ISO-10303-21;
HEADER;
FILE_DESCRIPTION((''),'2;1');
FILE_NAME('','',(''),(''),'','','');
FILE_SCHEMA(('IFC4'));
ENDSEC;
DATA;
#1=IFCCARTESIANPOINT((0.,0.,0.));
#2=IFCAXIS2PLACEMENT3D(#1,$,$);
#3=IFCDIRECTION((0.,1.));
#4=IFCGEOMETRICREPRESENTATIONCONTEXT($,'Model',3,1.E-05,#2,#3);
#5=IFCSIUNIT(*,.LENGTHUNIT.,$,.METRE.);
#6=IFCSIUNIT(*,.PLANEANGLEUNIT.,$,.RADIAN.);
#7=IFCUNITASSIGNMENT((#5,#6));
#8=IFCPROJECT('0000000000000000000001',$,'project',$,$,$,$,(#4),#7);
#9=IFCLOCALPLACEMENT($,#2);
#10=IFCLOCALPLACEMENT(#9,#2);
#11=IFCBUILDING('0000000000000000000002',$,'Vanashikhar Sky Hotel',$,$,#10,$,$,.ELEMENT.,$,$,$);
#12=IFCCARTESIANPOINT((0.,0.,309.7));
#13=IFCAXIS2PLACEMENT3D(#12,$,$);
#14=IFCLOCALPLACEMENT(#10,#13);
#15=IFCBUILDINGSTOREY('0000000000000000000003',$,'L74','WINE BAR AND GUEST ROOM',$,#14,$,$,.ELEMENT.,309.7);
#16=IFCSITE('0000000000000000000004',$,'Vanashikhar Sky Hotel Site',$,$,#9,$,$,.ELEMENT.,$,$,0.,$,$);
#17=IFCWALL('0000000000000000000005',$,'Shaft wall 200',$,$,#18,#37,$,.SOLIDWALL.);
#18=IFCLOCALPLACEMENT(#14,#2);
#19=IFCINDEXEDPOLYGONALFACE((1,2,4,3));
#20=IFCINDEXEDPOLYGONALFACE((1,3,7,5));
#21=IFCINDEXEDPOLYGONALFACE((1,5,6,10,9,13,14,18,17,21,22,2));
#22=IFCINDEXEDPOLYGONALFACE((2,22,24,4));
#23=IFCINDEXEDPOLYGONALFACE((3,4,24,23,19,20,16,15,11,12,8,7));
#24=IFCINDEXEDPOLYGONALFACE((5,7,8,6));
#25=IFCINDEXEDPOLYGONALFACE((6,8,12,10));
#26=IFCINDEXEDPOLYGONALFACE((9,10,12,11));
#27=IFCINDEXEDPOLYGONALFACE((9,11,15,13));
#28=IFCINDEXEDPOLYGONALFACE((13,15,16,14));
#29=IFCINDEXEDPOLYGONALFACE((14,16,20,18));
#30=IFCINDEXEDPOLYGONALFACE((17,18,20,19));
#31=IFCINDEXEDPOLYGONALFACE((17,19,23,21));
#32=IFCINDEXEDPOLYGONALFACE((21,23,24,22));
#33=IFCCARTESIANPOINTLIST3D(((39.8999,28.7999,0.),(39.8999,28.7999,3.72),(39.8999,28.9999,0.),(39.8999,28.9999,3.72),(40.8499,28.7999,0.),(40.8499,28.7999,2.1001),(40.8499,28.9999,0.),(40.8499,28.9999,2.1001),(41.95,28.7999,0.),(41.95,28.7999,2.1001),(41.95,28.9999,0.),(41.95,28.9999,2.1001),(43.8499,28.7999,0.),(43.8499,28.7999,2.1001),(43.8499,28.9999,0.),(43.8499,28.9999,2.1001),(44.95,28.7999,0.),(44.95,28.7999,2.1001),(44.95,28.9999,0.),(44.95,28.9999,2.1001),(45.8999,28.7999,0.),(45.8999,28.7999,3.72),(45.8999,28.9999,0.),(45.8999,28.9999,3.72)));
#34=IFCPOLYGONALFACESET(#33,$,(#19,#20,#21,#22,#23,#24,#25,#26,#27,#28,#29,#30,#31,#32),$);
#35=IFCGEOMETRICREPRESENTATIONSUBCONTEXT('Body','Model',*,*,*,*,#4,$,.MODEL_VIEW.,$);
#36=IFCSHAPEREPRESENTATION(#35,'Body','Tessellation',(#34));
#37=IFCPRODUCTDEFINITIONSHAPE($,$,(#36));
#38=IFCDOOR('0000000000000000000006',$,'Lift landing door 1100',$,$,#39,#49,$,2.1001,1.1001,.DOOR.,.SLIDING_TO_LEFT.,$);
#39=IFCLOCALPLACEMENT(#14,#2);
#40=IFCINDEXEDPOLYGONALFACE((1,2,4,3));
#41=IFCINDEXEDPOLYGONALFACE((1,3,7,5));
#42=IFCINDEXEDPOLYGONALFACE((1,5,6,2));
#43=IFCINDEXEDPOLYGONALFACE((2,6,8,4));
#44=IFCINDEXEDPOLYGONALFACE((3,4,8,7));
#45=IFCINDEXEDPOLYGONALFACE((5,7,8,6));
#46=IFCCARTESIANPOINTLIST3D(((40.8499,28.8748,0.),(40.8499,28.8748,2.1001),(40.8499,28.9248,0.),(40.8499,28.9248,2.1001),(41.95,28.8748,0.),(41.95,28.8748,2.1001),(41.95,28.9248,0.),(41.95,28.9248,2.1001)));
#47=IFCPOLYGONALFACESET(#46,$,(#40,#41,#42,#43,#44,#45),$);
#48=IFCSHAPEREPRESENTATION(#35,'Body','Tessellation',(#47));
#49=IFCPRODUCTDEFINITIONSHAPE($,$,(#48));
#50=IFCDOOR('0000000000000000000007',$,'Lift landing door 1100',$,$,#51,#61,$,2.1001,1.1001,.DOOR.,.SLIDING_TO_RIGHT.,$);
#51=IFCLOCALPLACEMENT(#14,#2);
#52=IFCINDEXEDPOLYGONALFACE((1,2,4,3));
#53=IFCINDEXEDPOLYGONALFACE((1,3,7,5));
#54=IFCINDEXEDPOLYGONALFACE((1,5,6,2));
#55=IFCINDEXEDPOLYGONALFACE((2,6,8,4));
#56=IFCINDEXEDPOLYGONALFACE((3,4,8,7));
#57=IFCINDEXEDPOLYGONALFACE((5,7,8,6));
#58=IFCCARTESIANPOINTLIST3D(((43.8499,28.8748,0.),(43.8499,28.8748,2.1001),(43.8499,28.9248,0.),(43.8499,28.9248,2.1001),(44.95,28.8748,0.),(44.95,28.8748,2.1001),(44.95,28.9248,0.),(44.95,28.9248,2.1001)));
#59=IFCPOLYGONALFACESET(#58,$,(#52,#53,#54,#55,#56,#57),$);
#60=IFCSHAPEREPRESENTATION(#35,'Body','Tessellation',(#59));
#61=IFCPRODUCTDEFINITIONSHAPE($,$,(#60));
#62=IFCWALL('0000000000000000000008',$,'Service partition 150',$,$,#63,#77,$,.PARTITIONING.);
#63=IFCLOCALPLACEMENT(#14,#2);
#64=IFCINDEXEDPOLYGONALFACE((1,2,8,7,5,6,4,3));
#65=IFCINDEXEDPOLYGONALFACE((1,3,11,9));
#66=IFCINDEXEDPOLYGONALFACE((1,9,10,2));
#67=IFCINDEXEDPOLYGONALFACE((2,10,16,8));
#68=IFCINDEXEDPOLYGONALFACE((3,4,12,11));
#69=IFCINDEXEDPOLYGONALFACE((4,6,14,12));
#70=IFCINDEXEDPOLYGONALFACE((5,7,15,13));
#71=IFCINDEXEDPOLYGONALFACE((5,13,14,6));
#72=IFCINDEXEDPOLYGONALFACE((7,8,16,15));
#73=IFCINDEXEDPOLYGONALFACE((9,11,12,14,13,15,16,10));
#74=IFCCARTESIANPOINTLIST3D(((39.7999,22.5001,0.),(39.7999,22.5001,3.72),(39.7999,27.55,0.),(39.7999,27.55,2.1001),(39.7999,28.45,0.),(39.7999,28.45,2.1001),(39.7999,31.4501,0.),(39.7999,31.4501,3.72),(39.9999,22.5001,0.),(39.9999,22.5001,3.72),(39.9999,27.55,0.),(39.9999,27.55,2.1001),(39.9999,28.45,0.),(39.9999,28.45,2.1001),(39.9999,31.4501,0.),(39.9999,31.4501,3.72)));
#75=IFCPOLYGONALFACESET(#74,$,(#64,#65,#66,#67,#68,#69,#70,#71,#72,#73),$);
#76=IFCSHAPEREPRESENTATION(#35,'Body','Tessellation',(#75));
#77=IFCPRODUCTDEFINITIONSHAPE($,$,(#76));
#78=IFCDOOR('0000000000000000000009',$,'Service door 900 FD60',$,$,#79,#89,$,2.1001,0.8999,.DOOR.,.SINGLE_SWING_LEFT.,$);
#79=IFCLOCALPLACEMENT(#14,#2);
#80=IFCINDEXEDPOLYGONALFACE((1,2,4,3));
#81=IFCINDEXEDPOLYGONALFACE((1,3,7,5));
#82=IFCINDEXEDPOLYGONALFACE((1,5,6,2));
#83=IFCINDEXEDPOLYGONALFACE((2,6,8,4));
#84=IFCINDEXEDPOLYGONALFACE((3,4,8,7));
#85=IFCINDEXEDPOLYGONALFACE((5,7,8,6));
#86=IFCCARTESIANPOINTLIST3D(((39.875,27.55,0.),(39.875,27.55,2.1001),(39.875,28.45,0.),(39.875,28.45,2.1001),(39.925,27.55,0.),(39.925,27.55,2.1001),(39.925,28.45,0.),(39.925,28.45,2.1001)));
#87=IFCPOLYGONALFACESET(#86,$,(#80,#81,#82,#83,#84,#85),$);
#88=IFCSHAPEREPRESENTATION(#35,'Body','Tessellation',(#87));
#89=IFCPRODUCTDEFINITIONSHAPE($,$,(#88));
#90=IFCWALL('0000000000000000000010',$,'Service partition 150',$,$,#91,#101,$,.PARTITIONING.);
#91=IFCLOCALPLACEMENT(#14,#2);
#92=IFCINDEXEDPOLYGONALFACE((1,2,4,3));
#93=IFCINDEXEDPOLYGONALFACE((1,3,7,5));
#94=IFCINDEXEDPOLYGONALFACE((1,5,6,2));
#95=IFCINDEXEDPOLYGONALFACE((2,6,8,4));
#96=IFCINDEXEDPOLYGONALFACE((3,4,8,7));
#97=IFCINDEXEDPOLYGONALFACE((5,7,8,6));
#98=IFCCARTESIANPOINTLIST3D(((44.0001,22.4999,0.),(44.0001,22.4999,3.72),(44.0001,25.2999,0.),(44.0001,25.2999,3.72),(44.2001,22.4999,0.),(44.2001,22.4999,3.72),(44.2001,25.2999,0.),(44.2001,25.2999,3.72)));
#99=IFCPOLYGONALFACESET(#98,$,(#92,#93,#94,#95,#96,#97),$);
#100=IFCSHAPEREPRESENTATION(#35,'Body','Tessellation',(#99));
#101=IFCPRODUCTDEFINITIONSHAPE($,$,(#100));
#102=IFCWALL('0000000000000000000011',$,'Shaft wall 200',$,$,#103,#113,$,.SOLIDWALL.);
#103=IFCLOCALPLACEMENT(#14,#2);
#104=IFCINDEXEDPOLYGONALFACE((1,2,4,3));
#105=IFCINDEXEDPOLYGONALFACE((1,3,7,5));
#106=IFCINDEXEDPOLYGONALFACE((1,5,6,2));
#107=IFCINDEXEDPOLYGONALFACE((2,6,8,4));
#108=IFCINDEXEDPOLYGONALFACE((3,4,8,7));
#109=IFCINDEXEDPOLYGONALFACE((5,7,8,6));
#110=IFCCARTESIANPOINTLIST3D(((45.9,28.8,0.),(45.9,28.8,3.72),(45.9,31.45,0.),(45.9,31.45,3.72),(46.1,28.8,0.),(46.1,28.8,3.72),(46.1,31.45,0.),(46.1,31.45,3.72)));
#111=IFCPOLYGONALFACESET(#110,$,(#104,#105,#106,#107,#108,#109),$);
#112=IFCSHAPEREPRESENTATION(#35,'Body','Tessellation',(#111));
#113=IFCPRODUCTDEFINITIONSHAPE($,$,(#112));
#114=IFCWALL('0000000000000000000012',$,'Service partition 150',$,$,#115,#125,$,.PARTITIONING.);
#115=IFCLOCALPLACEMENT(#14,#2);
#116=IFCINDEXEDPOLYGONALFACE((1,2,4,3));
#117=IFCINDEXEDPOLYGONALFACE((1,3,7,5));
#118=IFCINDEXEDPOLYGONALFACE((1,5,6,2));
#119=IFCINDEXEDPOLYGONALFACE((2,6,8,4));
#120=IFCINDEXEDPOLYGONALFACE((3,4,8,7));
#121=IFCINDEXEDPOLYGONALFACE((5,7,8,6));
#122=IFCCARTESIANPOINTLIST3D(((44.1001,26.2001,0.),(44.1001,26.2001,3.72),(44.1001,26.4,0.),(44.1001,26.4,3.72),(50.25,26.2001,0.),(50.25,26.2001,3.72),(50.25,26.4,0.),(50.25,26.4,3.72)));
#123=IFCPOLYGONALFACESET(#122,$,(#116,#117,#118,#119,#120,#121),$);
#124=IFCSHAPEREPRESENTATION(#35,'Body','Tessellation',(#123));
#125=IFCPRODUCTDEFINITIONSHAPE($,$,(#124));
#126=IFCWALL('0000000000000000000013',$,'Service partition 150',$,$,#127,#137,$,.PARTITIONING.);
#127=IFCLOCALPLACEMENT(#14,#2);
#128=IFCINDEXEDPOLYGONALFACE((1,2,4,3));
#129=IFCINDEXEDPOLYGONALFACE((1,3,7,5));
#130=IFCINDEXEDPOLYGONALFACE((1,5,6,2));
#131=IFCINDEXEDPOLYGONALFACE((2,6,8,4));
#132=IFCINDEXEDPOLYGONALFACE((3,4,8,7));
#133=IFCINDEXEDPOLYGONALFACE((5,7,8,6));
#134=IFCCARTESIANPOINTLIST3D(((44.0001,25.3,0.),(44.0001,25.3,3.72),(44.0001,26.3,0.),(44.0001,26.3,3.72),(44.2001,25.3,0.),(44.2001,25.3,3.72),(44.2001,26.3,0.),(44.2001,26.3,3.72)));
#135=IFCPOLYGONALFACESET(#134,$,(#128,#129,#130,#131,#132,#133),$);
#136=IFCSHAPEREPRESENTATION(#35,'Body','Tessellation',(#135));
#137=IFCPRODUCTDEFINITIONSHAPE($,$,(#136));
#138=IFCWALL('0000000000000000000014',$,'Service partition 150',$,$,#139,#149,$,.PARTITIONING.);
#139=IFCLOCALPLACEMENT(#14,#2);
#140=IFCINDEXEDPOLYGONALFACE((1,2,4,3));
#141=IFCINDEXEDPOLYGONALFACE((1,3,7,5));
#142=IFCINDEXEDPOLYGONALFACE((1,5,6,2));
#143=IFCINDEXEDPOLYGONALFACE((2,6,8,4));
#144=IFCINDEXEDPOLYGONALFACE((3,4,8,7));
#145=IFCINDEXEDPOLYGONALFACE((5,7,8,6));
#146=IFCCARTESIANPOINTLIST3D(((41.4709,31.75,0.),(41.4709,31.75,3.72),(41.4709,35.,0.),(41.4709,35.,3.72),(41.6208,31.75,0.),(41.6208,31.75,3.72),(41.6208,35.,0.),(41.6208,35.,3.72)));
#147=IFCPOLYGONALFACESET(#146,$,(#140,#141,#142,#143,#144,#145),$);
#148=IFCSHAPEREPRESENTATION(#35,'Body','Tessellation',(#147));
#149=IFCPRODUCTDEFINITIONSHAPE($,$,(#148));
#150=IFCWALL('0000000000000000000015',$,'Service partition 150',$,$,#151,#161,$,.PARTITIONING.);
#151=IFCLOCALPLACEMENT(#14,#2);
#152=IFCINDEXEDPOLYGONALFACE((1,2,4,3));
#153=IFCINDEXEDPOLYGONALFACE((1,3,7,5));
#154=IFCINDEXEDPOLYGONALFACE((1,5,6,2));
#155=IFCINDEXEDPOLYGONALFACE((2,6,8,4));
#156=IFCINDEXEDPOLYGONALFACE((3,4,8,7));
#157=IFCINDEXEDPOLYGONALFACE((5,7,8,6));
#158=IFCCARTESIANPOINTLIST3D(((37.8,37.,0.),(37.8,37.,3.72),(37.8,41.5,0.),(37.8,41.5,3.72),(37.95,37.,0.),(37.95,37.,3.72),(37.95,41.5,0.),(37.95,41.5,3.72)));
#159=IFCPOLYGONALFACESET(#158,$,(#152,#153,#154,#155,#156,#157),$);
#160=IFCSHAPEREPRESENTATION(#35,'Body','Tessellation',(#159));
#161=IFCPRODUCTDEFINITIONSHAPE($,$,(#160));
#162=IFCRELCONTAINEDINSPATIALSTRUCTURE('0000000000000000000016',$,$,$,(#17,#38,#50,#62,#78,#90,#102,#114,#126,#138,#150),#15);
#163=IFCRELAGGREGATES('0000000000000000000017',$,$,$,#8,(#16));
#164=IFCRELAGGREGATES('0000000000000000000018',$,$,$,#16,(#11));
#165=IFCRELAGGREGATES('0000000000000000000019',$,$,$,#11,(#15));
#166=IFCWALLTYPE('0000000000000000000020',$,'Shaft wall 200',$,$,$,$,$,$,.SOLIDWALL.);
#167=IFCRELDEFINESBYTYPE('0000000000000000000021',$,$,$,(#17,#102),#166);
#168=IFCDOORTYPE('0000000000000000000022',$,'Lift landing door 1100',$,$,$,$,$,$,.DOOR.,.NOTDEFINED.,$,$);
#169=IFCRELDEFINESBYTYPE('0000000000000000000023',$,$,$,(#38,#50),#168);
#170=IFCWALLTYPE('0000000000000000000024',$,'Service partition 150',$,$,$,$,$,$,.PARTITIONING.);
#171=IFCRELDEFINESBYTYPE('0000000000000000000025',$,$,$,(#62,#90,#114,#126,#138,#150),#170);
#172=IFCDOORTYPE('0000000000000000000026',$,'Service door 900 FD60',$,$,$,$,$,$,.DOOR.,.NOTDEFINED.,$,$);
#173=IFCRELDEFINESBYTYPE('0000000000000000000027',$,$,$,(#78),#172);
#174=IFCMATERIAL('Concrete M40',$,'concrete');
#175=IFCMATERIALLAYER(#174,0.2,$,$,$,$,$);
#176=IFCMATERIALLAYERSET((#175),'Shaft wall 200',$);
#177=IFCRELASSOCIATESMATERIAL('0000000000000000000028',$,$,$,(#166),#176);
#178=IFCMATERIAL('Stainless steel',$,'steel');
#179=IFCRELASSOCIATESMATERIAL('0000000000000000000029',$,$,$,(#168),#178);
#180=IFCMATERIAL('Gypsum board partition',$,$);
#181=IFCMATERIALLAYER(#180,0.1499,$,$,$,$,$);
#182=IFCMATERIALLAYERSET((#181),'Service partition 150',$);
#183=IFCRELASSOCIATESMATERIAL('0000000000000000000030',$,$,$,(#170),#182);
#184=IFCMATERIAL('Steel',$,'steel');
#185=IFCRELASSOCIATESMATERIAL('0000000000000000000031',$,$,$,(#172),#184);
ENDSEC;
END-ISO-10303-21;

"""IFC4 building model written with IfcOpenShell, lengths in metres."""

from ifc_helpers import new_model, si_unit, direction, frame, frame_2d, origin, place, context, subcontext, project, spatial, rectangle, extrude, source, transform, mapped, material, layer, layer_set, type_object, element, fill, save


model = new_model("IFC4")

# Units and contexts
model_context = context("Model", 3, precision=1e-05, world=origin(), true_north=direction((0.0, 1.0)))
body_context = subcontext(model_context, "Body", "Model", "MODEL_VIEW")
ifc_project = project(units=[si_unit("LENGTHUNIT", "METRE"), si_unit("PLANEANGLEUNIT", "RADIAN")], contexts=[model_context])

# Site, building, storey
site_placement = place(None, origin())
site = spatial("IfcSite", under=ifc_project, at=site_placement, Name="Vanashikhar Sky Hotel Site", CompositionType="ELEMENT", RefElevation=0.0)
building_placement = place(site_placement, origin())
building = spatial("IfcBuilding", under=site, at=building_placement, Name="Vanashikhar Sky Hotel", CompositionType="ELEMENT")
storey_placement = place(building_placement, frame((0.0, 0.0, 309.7)))
storey = spatial("IfcBuildingStorey", under=building, at=storey_placement, Name="L74", Description="WINE BAR AND GUEST ROOM", CompositionType="ELEMENT", Elevation=309.7)

# Wall, openings, doors
ifc_material_1 = material(Name="Concrete M40", Category="concrete")
ifc_layer_1 = layer(ifc_material_1, 0.2)
ifc_layer_set_1 = layer_set([ifc_layer_1], Name="Shaft wall 200")
wall_type_1 = type_object("IfcWallType", Name="Shaft wall 200", PredefinedType="SOLIDWALL", material=ifc_layer_set_1)
shared_shape_1 = source(origin(), body_context, "Body", "SweptSolid", [
    extrude(rectangle(XDim=6.0, YDim=0.2, at=frame_2d((3.0, 0.0))), origin(), (0.0, 0.0, 1.0), 3.72),
])
wall_1_placement = place(storey_placement, frame((39.8999, 28.8999, 0.0), z_axis=(0.0, 0.0, 1.0), x_axis=(1.0, 0.0, 0.0)))
wall_1 = element("IfcWall", 1, at=wall_1_placement, inside=storey, type_object=wall_type_1, Name="Shaft wall 200", PredefinedType="SOLIDWALL", context=body_context, shape_type="MappedRepresentation", body=[
    mapped(shared_shape_1, transform((0.0, 0.0, 0.0), scale=1.0)),
])
shared_shape_2 = source(origin(), body_context, "Body", "SweptSolid", [
    extrude(rectangle(XDim=1.1001, YDim=2.1001, at=frame_2d((0.55, 1.05))), frame((0.0, 0.1099, 0.0), z_axis=(0.0, -1.0, 0.0), x_axis=(1.0, 0.0, 0.0)), (0.0, 0.0, 1.0), 0.22),
])
opening_1_placement = place(wall_1_placement, frame((0.95, 0.0, 0.0)))
opening_1 = element("IfcOpeningElement", 2, at=opening_1_placement, cuts=wall_1, PredefinedType="OPENING", context=body_context, shape_type="MappedRepresentation", body=[
    mapped(shared_shape_2, transform((0.0, 0.0, 0.0), scale=1.0)),
])
opening_2_placement = place(wall_1_placement, frame((3.95, 0.0, 0.0)))
opening_2 = element("IfcOpeningElement", 3, at=opening_2_placement, cuts=wall_1, PredefinedType="OPENING", context=body_context, shape_type="MappedRepresentation", body=[
    mapped(shared_shape_2, transform((0.0, 0.0, 0.0), scale=1.0)),
])
ifc_material_2 = material(Name="Stainless steel", Category="steel")
door_type_1 = type_object("IfcDoorType", Name="Lift landing door 1100", OperationType="NOTDEFINED", PredefinedType="DOOR", material=ifc_material_2)
shared_shape_3 = source(origin(), body_context, "Body", "SweptSolid", [
    extrude(rectangle(XDim=1.1001, YDim=2.1001, at=frame_2d((0.55, 1.05))), frame((0.0, 0.0249, 0.0), z_axis=(0.0, -1.0, 0.0), x_axis=(1.0, 0.0, 0.0)), (0.0, 0.0, 1.0), 0.05),
])
door_1_placement = place(opening_1_placement, origin())
door_1 = element("IfcDoor", 4, at=door_1_placement, inside=storey, type_object=door_type_1, Name="Lift landing door 1100", OperationType="SLIDING_TO_LEFT", OverallHeight=2.1001, OverallWidth=1.1001, PredefinedType="DOOR", context=body_context, shape_type="MappedRepresentation", body=[
    mapped(shared_shape_3, transform((0.0, 0.0, 0.0), scale=1.0)),
])
fill(opening_1, door_1)
door_2_placement = place(opening_2_placement, origin())
door_2 = element("IfcDoor", 5, at=door_2_placement, inside=storey, type_object=door_type_1, Name="Lift landing door 1100", OperationType="SLIDING_TO_RIGHT", OverallHeight=2.1001, OverallWidth=1.1001, PredefinedType="DOOR", context=body_context, shape_type="MappedRepresentation", body=[
    mapped(shared_shape_3, transform((0.0, 0.0, 0.0), scale=1.0)),
])
fill(opening_2, door_2)

# Wall, opening, door
ifc_material_3 = material(Name="Gypsum board partition")
ifc_layer_2 = layer(ifc_material_3, 0.1499)
ifc_layer_set_2 = layer_set([ifc_layer_2], Name="Service partition 150")
wall_type_2 = type_object("IfcWallType", Name="Service partition 150", PredefinedType="PARTITIONING", material=ifc_layer_set_2)
shared_shape_4 = source(origin(), body_context, "Body", "SweptSolid", [
    extrude(rectangle(XDim=8.95, YDim=0.2, at=frame_2d((4.4751, 0.0))), origin(), (0.0, 0.0, 1.0), 3.72),
])
wall_2_placement = place(storey_placement, frame((39.8999, 22.5, 0.0), z_axis=(0.0, 0.0, 1.0), x_axis=(0.0, 1.0, 0.0)))
wall_2 = element("IfcWall", 6, at=wall_2_placement, inside=storey, type_object=wall_type_2, Name="Service partition 150", PredefinedType="PARTITIONING", context=body_context, shape_type="MappedRepresentation", body=[
    mapped(shared_shape_4, transform((0.0, 0.0, 0.0), scale=1.0)),
])
shared_shape_5 = source(origin(), body_context, "Body", "SweptSolid", [
    extrude(rectangle(XDim=0.8999, YDim=2.1001, at=frame_2d((0.45, 1.05))), frame((0.0, 0.1099, 0.0), z_axis=(0.0, -1.0, 0.0), x_axis=(1.0, 0.0, 0.0)), (0.0, 0.0, 1.0), 0.22),
])
opening_3_placement = place(wall_2_placement, frame((5.05, 0.0, 0.0)))
opening_3 = element("IfcOpeningElement", 7, at=opening_3_placement, cuts=wall_2, PredefinedType="OPENING", context=body_context, shape_type="MappedRepresentation", body=[
    mapped(shared_shape_5, transform((0.0, 0.0, 0.0), scale=1.0)),
])
ifc_material_4 = material(Name="Steel", Category="steel")
door_type_2 = type_object("IfcDoorType", Name="Service door 900 FD60", OperationType="NOTDEFINED", PredefinedType="DOOR", material=ifc_material_4)
shared_shape_6 = source(origin(), body_context, "Body", "SweptSolid", [
    extrude(rectangle(XDim=0.8999, YDim=2.1001, at=frame_2d((0.45, 1.05))), frame((0.0, 0.0249, 0.0), z_axis=(0.0, -1.0, 0.0), x_axis=(1.0, 0.0, 0.0)), (0.0, 0.0, 1.0), 0.05),
])
door_3_placement = place(opening_3_placement, origin())
door_3 = element("IfcDoor", 8, at=door_3_placement, inside=storey, type_object=door_type_2, Name="Service door 900 FD60", OperationType="SINGLE_SWING_LEFT", OverallHeight=2.1001, OverallWidth=0.8999, PredefinedType="DOOR", context=body_context, shape_type="MappedRepresentation", body=[
    mapped(shared_shape_6, transform((0.0, 0.0, 0.0), scale=1.0)),
])
fill(opening_3, door_3)

# Walls
shared_shape_7 = source(origin(), body_context, "Body", "SweptSolid", [
    extrude(rectangle(XDim=2.8, YDim=0.2, at=frame_2d((1.3999, 0.0))), origin(), (0.0, 0.0, 1.0), 3.72),
])
wall_3_placement = place(storey_placement, frame((44.1001, 22.5, 0.0), z_axis=(0.0, 0.0, 1.0), x_axis=(0.0, 1.0, 0.0)))
element("IfcWall", 9, at=wall_3_placement, inside=storey, type_object=wall_type_2, Name="Service partition 150", PredefinedType="PARTITIONING", context=body_context, shape_type="MappedRepresentation", body=[
    mapped(shared_shape_7, transform((0.0, 0.0, 0.0), scale=1.0)),
])
shared_shape_8 = source(origin(), body_context, "Body", "SweptSolid", [
    extrude(rectangle(XDim=2.6499, YDim=0.2, at=frame_2d((1.325, 0.0))), origin(), (0.0, 0.0, 1.0), 3.72),
])
wall_4_placement = place(storey_placement, frame((46.0, 28.8, 0.0), z_axis=(0.0, 0.0, 1.0), x_axis=(0.0, 1.0, 0.0)))
element("IfcWall", 10, at=wall_4_placement, inside=storey, type_object=wall_type_1, Name="Shaft wall 200", PredefinedType="SOLIDWALL", context=body_context, shape_type="MappedRepresentation", body=[
    mapped(shared_shape_8, transform((0.0, 0.0, 0.0), scale=1.0)),
])
shared_shape_9 = source(origin(), body_context, "Body", "SweptSolid", [
    extrude(rectangle(XDim=6.1499, YDim=0.2, at=frame_2d((3.075, 0.0))), origin(), (0.0, 0.0, 1.0), 3.72),
])
wall_5_placement = place(storey_placement, frame((44.1001, 26.3, 0.0), z_axis=(0.0, 0.0, 1.0), x_axis=(1.0, 0.0, 0.0)))
element("IfcWall", 11, at=wall_5_placement, inside=storey, type_object=wall_type_2, Name="Service partition 150", PredefinedType="PARTITIONING", context=body_context, shape_type="MappedRepresentation", body=[
    mapped(shared_shape_9, transform((0.0, 0.0, 0.0), scale=1.0)),
])
shared_shape_10 = source(origin(), body_context, "Body", "SweptSolid", [
    extrude(rectangle(XDim=1.0, YDim=0.2, at=frame_2d((0.5, 0.0))), origin(), (0.0, 0.0, 1.0), 3.72),
])
wall_6_placement = place(storey_placement, frame((44.1001, 25.3, 0.0), z_axis=(0.0, 0.0, 1.0), x_axis=(0.0, 1.0, 0.0)))
element("IfcWall", 12, at=wall_6_placement, inside=storey, type_object=wall_type_2, Name="Service partition 150", PredefinedType="PARTITIONING", context=body_context, shape_type="MappedRepresentation", body=[
    mapped(shared_shape_10, transform((0.0, 0.0, 0.0), scale=1.0)),
])
shared_shape_11 = source(origin(), body_context, "Body", "SweptSolid", [
    extrude(rectangle(XDim=3.25, YDim=0.1499, at=frame_2d((1.625, 0.0))), origin(), (0.0, 0.0, 1.0), 3.72),
])
wall_7_placement = place(storey_placement, frame((41.5459, 31.75, 0.0), z_axis=(0.0, 0.0, 1.0), x_axis=(0.0, 1.0, 0.0)))
element("IfcWall", 13, at=wall_7_placement, inside=storey, type_object=wall_type_2, Name="Service partition 150", PredefinedType="PARTITIONING", context=body_context, shape_type="MappedRepresentation", body=[
    mapped(shared_shape_11, transform((0.0, 0.0, 0.0), scale=1.0)),
])
shared_shape_12 = source(origin(), body_context, "Body", "SweptSolid", [
    extrude(rectangle(XDim=4.5, YDim=0.1499, at=frame_2d((2.25, 0.0))), origin(), (0.0, 0.0, 1.0), 3.72),
])
for number, where, z_axis, x_axis, name in (
    (14, (37.875, 37.0, 0.0), (0.0, 0.0, 1.0), (0.0, 1.0, 0.0), "Service partition 150"),
):
    element("IfcWall", number, at=place(storey_placement, frame(where, z_axis=z_axis, x_axis=x_axis)), inside=storey, type_object=wall_type_2, Name=name, PredefinedType="PARTITIONING", context=body_context, shape_type="MappedRepresentation", body=[
        mapped(shared_shape_12, transform((0.0, 0.0, 0.0), scale=1.0)),
    ])

save(model, "model.ifc")
